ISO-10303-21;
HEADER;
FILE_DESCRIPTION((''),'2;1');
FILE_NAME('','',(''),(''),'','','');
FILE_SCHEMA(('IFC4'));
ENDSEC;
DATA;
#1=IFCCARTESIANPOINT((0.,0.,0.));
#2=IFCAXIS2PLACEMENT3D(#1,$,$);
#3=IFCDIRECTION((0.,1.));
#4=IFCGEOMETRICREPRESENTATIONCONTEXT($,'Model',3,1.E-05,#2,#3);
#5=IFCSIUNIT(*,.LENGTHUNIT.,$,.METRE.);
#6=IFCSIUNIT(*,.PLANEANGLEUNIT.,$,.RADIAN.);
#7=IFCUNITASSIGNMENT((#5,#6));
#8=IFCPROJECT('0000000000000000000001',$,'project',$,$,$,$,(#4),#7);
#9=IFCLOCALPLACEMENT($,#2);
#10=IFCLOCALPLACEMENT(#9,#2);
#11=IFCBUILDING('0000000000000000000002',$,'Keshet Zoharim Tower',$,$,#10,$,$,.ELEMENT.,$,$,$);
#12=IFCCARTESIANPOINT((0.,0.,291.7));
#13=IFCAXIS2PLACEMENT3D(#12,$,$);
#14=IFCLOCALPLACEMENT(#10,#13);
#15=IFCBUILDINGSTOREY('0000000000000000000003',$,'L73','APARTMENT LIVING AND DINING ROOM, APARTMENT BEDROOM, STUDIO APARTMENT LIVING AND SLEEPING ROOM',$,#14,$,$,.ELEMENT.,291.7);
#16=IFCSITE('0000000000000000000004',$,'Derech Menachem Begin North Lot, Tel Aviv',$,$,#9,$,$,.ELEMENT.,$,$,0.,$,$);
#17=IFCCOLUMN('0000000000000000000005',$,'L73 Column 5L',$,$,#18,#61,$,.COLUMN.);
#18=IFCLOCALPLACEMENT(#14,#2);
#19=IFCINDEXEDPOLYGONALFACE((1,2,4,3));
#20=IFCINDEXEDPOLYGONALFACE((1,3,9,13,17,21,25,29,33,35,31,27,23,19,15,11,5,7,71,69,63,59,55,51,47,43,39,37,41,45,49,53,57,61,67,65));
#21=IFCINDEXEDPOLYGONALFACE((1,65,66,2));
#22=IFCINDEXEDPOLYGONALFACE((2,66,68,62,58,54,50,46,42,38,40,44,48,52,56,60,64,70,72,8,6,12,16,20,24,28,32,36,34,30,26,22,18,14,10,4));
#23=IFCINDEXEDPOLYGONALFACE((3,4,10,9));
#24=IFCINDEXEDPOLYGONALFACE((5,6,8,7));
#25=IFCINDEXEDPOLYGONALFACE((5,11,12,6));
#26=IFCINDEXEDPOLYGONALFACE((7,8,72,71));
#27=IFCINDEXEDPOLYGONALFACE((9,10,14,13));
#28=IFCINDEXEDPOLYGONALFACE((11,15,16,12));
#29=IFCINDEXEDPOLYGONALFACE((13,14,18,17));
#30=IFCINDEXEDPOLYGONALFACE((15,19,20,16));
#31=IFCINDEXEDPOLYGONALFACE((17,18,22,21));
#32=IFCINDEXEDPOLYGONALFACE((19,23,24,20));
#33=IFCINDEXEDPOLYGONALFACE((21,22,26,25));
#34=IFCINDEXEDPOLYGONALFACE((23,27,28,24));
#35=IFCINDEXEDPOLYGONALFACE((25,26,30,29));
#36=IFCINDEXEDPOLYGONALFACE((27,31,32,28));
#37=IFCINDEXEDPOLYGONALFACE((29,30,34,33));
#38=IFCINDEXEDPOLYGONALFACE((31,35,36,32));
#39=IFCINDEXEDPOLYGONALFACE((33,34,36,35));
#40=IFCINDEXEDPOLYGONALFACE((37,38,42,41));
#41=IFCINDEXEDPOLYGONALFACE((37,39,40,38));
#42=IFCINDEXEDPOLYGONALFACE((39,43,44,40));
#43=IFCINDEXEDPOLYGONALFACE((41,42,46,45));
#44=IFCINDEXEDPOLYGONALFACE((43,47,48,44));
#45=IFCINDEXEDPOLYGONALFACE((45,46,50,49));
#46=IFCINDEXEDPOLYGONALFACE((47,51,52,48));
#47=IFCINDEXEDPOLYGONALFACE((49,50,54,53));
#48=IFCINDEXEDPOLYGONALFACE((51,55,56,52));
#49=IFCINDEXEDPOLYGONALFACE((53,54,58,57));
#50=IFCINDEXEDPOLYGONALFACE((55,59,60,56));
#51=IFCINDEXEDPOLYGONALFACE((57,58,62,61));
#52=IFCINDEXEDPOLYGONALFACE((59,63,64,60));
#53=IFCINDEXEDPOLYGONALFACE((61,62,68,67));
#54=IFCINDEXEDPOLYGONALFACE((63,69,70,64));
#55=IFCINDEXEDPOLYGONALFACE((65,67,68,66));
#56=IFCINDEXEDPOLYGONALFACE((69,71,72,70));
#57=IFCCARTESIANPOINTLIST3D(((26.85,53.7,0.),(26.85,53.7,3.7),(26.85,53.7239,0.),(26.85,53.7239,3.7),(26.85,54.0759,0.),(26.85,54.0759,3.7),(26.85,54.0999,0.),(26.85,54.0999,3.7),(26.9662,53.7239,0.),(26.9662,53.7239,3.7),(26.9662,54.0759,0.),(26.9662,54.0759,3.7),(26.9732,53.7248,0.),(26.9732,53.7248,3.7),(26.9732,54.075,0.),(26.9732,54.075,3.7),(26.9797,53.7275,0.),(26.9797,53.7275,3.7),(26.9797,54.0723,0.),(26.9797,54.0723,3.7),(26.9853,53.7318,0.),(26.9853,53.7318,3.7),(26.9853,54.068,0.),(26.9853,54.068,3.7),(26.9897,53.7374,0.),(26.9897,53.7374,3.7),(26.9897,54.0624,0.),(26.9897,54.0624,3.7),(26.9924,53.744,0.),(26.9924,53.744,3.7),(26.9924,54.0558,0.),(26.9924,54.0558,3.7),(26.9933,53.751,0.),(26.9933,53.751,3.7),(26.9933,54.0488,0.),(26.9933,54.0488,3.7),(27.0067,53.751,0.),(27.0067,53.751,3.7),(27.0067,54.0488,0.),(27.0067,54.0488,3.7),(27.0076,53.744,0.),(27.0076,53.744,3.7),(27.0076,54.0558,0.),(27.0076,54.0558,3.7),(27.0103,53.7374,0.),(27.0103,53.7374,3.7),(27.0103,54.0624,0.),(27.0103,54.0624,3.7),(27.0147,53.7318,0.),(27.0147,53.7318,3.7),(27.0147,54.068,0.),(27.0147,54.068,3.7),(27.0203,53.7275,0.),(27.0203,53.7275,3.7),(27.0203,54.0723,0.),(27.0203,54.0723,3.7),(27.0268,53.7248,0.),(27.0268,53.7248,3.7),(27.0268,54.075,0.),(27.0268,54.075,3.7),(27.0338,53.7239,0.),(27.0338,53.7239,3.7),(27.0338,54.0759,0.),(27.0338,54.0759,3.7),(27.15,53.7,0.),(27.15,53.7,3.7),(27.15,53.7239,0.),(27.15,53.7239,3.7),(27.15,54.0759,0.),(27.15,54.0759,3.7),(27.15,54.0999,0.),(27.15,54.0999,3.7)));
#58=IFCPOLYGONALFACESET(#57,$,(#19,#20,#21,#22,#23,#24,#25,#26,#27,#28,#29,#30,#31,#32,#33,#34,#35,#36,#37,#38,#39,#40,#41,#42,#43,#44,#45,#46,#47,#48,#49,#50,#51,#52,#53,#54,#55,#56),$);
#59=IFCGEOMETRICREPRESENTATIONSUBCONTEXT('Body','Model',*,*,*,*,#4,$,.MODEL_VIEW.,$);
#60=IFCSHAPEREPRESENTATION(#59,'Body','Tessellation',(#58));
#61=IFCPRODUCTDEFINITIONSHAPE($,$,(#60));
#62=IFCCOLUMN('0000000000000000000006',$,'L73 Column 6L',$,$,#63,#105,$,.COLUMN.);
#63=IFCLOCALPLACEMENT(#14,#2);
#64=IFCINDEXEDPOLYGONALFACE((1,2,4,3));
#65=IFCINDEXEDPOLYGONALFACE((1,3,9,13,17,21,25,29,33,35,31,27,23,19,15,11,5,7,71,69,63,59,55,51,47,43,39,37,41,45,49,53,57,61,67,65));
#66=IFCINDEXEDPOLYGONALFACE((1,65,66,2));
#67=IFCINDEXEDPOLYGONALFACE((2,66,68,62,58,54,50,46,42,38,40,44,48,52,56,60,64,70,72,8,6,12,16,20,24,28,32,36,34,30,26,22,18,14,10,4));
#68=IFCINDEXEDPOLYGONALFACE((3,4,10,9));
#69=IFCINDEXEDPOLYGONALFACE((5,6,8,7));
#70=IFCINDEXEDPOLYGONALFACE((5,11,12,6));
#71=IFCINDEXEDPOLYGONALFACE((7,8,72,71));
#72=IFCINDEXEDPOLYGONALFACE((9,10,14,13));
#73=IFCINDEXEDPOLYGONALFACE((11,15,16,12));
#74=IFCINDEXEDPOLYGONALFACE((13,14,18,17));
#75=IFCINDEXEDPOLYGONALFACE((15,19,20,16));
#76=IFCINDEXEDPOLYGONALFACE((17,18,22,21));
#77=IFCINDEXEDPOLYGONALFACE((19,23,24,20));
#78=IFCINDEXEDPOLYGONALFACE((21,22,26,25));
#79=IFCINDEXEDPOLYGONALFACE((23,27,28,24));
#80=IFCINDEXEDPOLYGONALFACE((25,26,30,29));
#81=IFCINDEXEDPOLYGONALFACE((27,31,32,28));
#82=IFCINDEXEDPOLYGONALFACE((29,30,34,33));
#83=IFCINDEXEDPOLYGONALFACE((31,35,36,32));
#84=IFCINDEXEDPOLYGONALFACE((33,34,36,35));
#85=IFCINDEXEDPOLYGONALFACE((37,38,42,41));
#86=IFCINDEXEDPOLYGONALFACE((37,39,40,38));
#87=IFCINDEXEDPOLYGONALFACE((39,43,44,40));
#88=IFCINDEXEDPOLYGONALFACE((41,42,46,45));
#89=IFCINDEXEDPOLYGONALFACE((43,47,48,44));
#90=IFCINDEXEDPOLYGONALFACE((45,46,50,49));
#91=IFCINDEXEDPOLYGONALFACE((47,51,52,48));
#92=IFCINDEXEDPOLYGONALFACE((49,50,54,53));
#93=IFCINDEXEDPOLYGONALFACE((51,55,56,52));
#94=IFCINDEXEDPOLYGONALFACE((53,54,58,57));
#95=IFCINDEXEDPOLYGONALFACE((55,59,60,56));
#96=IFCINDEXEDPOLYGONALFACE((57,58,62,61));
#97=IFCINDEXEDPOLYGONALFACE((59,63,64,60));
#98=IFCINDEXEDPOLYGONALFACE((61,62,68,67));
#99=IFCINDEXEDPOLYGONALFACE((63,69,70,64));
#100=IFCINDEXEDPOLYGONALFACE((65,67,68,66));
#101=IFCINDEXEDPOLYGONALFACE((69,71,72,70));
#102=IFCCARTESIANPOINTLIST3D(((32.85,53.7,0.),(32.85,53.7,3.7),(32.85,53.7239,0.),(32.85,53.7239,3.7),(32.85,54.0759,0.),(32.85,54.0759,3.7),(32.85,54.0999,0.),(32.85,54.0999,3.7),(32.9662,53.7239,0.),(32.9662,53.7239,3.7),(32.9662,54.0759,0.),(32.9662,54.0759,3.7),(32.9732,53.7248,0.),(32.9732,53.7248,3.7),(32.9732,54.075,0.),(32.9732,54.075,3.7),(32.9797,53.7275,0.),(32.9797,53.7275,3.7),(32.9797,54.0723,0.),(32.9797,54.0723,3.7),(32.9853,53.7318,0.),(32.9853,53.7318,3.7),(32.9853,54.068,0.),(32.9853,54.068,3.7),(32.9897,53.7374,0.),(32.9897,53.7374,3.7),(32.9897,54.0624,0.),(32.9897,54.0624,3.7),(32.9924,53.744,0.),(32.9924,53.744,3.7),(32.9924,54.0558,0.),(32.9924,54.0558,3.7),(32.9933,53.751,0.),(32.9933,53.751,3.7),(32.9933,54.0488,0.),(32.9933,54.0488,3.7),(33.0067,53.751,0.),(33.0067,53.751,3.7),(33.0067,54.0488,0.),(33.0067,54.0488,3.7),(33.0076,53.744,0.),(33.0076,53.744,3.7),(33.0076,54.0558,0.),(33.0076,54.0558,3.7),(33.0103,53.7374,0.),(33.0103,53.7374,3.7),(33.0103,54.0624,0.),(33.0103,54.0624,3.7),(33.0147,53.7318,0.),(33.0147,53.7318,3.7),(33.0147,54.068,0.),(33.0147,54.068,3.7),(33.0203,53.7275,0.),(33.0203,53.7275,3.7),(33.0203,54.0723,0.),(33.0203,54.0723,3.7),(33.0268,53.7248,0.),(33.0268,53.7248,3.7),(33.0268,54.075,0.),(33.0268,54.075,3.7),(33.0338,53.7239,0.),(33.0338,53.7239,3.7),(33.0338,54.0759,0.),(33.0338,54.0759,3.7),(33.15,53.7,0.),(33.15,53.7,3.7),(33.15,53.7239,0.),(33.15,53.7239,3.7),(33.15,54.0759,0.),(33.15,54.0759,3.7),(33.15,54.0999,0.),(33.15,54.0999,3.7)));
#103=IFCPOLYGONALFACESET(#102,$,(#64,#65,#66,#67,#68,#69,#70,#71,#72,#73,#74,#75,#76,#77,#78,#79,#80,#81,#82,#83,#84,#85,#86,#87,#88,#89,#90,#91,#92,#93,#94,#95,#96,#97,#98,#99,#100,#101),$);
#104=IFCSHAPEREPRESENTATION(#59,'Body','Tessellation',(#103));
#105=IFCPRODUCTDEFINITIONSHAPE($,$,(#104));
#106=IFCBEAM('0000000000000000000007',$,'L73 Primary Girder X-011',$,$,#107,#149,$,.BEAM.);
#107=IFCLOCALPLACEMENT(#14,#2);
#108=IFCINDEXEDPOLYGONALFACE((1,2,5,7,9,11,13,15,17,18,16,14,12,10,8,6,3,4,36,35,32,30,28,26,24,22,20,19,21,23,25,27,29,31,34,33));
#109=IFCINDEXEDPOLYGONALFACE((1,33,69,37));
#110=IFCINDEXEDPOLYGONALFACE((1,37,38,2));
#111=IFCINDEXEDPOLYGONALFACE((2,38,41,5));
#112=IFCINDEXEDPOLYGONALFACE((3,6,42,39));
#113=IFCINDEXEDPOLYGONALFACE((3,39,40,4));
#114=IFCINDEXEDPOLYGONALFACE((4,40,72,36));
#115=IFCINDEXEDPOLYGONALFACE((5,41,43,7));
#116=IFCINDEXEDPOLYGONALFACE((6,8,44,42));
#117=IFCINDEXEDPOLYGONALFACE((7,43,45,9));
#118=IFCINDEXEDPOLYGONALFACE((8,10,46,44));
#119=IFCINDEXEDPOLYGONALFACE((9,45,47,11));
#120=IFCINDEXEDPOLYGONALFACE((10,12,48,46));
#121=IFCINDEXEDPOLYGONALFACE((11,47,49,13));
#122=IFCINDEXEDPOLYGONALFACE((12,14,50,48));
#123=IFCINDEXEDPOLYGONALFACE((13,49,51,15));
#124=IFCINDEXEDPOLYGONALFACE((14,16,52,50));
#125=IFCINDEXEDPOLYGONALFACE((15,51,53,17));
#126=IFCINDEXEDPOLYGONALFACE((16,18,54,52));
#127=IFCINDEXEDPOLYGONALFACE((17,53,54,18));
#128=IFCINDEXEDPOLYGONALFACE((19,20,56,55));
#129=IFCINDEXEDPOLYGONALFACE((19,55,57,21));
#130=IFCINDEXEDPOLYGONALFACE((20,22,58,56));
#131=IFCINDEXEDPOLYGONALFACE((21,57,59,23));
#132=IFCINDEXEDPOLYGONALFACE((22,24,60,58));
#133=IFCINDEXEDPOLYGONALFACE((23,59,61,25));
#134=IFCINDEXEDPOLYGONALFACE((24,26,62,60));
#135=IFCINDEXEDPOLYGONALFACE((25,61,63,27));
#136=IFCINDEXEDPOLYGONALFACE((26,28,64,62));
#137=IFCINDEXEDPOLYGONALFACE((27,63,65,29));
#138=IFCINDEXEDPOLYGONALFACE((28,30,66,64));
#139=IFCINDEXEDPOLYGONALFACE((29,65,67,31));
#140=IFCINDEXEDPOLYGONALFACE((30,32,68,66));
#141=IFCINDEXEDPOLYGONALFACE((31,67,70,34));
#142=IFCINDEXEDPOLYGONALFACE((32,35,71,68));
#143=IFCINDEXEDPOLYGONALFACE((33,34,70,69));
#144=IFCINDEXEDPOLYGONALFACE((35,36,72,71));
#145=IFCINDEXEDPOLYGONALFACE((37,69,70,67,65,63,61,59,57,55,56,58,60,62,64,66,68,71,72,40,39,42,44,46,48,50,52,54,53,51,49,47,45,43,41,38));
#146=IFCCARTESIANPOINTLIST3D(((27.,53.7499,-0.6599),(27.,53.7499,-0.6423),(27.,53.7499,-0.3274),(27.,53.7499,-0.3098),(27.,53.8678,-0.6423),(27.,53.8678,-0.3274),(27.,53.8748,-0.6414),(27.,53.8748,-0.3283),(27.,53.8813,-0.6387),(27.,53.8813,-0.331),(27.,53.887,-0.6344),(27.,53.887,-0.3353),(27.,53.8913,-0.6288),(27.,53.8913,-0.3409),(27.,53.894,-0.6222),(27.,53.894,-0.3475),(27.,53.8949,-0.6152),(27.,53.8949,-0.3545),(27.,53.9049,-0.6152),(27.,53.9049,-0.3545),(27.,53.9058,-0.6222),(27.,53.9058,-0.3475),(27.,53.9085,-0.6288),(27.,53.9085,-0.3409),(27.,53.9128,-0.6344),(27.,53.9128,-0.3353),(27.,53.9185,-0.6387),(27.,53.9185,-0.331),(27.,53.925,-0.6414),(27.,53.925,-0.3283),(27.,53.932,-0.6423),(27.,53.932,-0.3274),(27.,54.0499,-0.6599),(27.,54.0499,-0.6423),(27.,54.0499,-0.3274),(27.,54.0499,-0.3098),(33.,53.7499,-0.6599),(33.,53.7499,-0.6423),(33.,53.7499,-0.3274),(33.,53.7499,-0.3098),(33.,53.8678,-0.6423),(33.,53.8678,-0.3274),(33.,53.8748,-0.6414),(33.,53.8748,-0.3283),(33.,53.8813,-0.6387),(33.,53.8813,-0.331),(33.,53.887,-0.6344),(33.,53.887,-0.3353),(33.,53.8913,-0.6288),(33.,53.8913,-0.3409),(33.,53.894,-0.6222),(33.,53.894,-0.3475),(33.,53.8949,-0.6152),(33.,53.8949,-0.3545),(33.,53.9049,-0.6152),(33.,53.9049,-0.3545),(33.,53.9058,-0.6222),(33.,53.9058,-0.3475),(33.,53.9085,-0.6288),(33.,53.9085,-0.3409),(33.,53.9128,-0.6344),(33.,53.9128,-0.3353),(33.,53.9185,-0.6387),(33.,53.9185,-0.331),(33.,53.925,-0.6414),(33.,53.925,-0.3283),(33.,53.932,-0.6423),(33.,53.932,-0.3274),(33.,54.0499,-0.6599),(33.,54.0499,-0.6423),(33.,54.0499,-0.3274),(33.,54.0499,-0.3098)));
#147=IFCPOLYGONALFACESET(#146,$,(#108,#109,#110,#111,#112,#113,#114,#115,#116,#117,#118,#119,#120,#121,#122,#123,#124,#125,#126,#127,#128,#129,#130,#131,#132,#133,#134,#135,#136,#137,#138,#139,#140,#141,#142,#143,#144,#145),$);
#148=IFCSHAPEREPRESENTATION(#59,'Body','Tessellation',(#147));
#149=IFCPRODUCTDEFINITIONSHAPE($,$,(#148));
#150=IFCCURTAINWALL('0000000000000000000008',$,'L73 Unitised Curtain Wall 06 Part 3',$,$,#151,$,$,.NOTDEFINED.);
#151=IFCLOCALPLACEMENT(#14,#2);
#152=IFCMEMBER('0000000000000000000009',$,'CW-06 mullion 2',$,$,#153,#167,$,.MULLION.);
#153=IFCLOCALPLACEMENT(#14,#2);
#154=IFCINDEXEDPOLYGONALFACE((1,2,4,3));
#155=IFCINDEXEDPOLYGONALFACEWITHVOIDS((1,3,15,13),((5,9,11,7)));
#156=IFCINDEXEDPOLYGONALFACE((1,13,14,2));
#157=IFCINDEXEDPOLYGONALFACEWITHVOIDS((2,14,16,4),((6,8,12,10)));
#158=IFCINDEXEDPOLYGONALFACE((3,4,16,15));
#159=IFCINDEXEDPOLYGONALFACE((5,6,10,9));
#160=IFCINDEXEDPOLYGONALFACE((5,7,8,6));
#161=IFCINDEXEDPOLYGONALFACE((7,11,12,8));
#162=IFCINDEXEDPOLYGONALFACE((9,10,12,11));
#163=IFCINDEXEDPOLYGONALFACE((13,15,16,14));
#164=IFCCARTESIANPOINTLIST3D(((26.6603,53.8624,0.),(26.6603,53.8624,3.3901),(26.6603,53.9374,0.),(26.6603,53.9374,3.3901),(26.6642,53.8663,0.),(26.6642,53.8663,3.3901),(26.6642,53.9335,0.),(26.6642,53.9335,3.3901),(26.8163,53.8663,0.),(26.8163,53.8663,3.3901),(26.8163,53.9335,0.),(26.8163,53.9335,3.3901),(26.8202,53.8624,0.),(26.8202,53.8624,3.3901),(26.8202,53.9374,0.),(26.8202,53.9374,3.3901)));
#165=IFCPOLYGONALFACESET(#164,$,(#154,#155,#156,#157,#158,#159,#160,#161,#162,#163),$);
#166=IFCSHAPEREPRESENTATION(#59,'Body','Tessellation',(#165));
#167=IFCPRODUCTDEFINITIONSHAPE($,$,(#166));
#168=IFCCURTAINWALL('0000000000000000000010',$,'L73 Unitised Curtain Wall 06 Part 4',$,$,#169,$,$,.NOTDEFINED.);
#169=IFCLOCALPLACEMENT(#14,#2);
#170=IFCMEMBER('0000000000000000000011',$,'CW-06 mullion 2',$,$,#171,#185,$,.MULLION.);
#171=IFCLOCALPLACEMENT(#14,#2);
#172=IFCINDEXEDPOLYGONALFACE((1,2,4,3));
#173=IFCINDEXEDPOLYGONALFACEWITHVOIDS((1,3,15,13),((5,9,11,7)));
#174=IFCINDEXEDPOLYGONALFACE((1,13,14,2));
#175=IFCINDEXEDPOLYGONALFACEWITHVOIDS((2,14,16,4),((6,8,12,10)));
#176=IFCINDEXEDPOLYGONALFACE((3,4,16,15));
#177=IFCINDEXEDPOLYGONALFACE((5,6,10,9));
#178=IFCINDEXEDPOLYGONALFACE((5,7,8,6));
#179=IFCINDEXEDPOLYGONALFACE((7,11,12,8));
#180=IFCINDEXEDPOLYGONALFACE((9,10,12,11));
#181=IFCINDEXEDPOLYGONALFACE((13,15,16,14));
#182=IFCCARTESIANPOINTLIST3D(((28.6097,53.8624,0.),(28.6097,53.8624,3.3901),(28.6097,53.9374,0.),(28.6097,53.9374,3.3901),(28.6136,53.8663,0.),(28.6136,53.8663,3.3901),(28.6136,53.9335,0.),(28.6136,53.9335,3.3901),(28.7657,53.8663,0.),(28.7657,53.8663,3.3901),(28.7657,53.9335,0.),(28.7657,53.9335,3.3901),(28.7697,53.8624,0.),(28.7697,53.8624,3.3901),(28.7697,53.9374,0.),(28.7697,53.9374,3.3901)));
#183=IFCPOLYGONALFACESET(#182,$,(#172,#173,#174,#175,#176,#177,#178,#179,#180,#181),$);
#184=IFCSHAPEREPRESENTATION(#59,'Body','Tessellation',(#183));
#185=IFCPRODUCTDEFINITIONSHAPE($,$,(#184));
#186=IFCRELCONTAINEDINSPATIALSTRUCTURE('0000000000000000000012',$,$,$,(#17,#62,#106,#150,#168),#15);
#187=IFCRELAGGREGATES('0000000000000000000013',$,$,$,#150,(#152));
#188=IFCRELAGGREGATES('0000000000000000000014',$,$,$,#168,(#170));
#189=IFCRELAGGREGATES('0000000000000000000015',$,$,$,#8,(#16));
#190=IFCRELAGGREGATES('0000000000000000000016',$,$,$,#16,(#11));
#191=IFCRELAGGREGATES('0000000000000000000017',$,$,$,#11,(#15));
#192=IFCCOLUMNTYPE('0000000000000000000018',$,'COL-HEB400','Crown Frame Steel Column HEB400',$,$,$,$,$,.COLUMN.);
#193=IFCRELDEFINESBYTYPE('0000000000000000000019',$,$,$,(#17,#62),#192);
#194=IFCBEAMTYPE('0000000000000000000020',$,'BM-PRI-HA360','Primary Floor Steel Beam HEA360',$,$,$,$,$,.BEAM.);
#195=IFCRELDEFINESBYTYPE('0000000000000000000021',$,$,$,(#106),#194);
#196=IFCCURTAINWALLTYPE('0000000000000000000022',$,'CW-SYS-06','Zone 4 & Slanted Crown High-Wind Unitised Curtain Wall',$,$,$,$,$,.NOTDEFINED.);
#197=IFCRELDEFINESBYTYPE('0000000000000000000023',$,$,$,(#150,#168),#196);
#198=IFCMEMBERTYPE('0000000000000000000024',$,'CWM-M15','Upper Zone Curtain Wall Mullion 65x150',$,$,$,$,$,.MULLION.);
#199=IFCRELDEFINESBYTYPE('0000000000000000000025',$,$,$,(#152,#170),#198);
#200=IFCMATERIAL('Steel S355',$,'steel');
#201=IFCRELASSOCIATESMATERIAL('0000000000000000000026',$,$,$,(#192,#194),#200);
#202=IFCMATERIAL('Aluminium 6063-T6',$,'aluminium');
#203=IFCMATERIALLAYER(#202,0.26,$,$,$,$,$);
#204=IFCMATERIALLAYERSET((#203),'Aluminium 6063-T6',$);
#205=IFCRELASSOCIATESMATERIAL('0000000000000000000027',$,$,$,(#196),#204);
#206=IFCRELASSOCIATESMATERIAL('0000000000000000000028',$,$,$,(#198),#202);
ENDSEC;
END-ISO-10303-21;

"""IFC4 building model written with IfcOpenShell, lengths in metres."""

from ifc_helpers import new_model, si_unit, direction, frame, origin, origin_2d, place, context, subcontext, project, spatial, hollow_rectangle, i_section, extrude, material, layer, layer_set, material_profile, profile_set, type_object, element, aggregate, save


model = new_model("IFC4")

# Units and contexts
model_context = context("Model", 3, precision=1e-05, world=origin(), true_north=direction((0.0, 1.0)))
body_context = subcontext(model_context, "Body", "Model", "MODEL_VIEW")
ifc_project = project(units=[si_unit("LENGTHUNIT", "METRE"), si_unit("PLANEANGLEUNIT", "RADIAN")], contexts=[model_context])

# Site, building, storey
site_placement = place(None, origin())
site = spatial("IfcSite", under=ifc_project, at=site_placement, Name="Derech Menachem Begin North Lot, Tel Aviv", CompositionType="ELEMENT", RefElevation=0.0)
building_placement = place(site_placement, origin())
building = spatial("IfcBuilding", under=site, at=building_placement, Name="Keshet Zoharim Tower", CompositionType="ELEMENT")
storey_placement = place(building_placement, frame((0.0, 0.0, 291.7)))
storey = spatial("IfcBuildingStorey", under=building, at=storey_placement, Name="L73", Description="APARTMENT LIVING AND DINING ROOM, APARTMENT BEDROOM, STUDIO APARTMENT LIVING AND SLEEPING ROOM", CompositionType="ELEMENT", Elevation=291.7)

# Columns
ifc_material_1 = material(Name="Steel S355", Category="steel")
ifc_material_profile_1 = material_profile(ifc_material_1, i_section(OverallWidth=0.3, OverallDepth=0.3999, WebThickness=0.0134, FlangeThickness=0.0239, FilletRadius=0.0271, at=origin_2d()), Name="HEB400")
ifc_profile_set_1 = profile_set([ifc_material_profile_1], Name="Steel S355")
column_type = type_object("IfcColumnType", Name="COL-HEB400", Description="Crown Frame Steel Column HEB400", PredefinedType="COLUMN", material=ifc_profile_set_1)
for number, where, z_axis, x_axis, name in (
    (1, (27.0, 53.8999, 0.0), (0.0, 0.0, 1.0), (1.0, 0.0, 0.0), "L73 Column 5L"),
    (2, (33.0, 53.8999, 0.0), (0.0, 0.0, 1.0), (1.0, 0.0, 0.0), "L73 Column 6L"),
):
    element("IfcColumn", number, at=place(storey_placement, frame(where, z_axis=z_axis, x_axis=x_axis)), inside=storey, type_object=column_type, Name=name, PredefinedType="COLUMN", context=body_context, shape_type="SweptSolid", body=[
        extrude(i_section(OverallWidth=0.3, OverallDepth=0.3999, WebThickness=0.0134, FlangeThickness=0.0239, FilletRadius=0.0271, at=origin_2d()), origin(), (0.0, 0.0, 1.0), 3.7),
    ])

# Beam
ifc_material_profile_2 = material_profile(ifc_material_1, i_section(OverallWidth=0.3, OverallDepth=0.3501, WebThickness=0.01, FlangeThickness=0.0176, FilletRadius=0.0271, at=origin_2d()), Name="HEA360")
ifc_profile_set_2 = profile_set([ifc_material_profile_2], Name="Steel S355")
beam_type = type_object("IfcBeamType", Name="BM-PRI-HA360", Description="Primary Floor Steel Beam HEA360", PredefinedType="BEAM", material=ifc_profile_set_2)
beam_placement = place(storey_placement, frame((27.0, 53.8999, -0.4849), z_axis=(1.0, 0.0, 0.0), x_axis=(0.0, 1.0, 0.0)))
element("IfcBeam", 3, at=beam_placement, inside=storey, type_object=beam_type, Name="L73 Primary Girder X-011", PredefinedType="BEAM", context=body_context, shape_type="SweptSolid", body=[
    extrude(i_section(OverallWidth=0.3, OverallDepth=0.3501, WebThickness=0.01, FlangeThickness=0.0176, FilletRadius=0.0271, at=origin_2d()), origin(), (0.0, 0.0, 1.0), 6.0),
])

# Curtain wall, member
ifc_material_2 = material(Name="Aluminium 6063-T6", Category="aluminium")
ifc_layer_1 = layer(ifc_material_2, 0.26)
ifc_layer_set_1 = layer_set([ifc_layer_1], Name="Aluminium 6063-T6")
curtain_wall_type = type_object("IfcCurtainWallType", Name="CW-SYS-06", Description="Zone 4 & Slanted Crown High-Wind Unitised Curtain Wall", PredefinedType="NOTDEFINED", material=ifc_layer_set_1)
curtain_wall_1_placement = place(storey_placement, origin())
curtain_wall_1 = element("IfcCurtainWall", 4, at=curtain_wall_1_placement, inside=storey, type_object=curtain_wall_type, Name="L73 Unitised Curtain Wall 06 Part 3", PredefinedType="NOTDEFINED")
ifc_material_profile_3 = material_profile(ifc_material_2, hollow_rectangle(XDim=0.075, YDim=0.1599, WallThickness=0.0039, at=origin_2d()), Name="MUL-75x160")
ifc_profile_set_3 = profile_set([ifc_material_profile_3], Name="Aluminium 6063-T6")
member_type_1 = type_object("IfcMemberType", Name="CWM-M15", Description="Upper Zone Curtain Wall Mullion 65x150", PredefinedType="MULLION", material=ifc_profile_set_3)
member_1_placement = place(storey_placement, frame((26.7402, 53.8999, 0.0), z_axis=(0.0, 0.0, 1.0), x_axis=(0.0, 1.0, 0.0)))
member_1 = element("IfcMember", 5, at=member_1_placement, type_object=member_type_1, Name="CW-06 mullion 2", PredefinedType="MULLION", context=body_context, shape_type="SweptSolid", body=[
    extrude(hollow_rectangle(XDim=0.075, YDim=0.1599, WallThickness=0.0039, at=origin_2d()), origin(), (0.0, 0.0, 1.0), 3.3901),
])
aggregate(curtain_wall_1, [member_1])

# Curtain wall, member
curtain_wall_2_placement = place(storey_placement, origin())
curtain_wall_2 = element("IfcCurtainWall", 6, at=curtain_wall_2_placement, inside=storey, type_object=curtain_wall_type, Name="L73 Unitised Curtain Wall 06 Part 4", PredefinedType="NOTDEFINED")
member_2_placement = place(storey_placement, frame((28.6897, 53.8999, 0.0), z_axis=(0.0, 0.0, 1.0), x_axis=(0.0, 1.0, 0.0)))
member_2 = element("IfcMember", 7, at=member_2_placement, type_object=member_type_1, Name="CW-06 mullion 2", PredefinedType="MULLION", context=body_context, shape_type="SweptSolid", body=[
    extrude(hollow_rectangle(XDim=0.075, YDim=0.1599, WallThickness=0.0039, at=origin_2d()), origin(), (0.0, 0.0, 1.0), 3.3901),
])

aggregate(curtain_wall_2, [member_2])

save(model, "model.ifc")
